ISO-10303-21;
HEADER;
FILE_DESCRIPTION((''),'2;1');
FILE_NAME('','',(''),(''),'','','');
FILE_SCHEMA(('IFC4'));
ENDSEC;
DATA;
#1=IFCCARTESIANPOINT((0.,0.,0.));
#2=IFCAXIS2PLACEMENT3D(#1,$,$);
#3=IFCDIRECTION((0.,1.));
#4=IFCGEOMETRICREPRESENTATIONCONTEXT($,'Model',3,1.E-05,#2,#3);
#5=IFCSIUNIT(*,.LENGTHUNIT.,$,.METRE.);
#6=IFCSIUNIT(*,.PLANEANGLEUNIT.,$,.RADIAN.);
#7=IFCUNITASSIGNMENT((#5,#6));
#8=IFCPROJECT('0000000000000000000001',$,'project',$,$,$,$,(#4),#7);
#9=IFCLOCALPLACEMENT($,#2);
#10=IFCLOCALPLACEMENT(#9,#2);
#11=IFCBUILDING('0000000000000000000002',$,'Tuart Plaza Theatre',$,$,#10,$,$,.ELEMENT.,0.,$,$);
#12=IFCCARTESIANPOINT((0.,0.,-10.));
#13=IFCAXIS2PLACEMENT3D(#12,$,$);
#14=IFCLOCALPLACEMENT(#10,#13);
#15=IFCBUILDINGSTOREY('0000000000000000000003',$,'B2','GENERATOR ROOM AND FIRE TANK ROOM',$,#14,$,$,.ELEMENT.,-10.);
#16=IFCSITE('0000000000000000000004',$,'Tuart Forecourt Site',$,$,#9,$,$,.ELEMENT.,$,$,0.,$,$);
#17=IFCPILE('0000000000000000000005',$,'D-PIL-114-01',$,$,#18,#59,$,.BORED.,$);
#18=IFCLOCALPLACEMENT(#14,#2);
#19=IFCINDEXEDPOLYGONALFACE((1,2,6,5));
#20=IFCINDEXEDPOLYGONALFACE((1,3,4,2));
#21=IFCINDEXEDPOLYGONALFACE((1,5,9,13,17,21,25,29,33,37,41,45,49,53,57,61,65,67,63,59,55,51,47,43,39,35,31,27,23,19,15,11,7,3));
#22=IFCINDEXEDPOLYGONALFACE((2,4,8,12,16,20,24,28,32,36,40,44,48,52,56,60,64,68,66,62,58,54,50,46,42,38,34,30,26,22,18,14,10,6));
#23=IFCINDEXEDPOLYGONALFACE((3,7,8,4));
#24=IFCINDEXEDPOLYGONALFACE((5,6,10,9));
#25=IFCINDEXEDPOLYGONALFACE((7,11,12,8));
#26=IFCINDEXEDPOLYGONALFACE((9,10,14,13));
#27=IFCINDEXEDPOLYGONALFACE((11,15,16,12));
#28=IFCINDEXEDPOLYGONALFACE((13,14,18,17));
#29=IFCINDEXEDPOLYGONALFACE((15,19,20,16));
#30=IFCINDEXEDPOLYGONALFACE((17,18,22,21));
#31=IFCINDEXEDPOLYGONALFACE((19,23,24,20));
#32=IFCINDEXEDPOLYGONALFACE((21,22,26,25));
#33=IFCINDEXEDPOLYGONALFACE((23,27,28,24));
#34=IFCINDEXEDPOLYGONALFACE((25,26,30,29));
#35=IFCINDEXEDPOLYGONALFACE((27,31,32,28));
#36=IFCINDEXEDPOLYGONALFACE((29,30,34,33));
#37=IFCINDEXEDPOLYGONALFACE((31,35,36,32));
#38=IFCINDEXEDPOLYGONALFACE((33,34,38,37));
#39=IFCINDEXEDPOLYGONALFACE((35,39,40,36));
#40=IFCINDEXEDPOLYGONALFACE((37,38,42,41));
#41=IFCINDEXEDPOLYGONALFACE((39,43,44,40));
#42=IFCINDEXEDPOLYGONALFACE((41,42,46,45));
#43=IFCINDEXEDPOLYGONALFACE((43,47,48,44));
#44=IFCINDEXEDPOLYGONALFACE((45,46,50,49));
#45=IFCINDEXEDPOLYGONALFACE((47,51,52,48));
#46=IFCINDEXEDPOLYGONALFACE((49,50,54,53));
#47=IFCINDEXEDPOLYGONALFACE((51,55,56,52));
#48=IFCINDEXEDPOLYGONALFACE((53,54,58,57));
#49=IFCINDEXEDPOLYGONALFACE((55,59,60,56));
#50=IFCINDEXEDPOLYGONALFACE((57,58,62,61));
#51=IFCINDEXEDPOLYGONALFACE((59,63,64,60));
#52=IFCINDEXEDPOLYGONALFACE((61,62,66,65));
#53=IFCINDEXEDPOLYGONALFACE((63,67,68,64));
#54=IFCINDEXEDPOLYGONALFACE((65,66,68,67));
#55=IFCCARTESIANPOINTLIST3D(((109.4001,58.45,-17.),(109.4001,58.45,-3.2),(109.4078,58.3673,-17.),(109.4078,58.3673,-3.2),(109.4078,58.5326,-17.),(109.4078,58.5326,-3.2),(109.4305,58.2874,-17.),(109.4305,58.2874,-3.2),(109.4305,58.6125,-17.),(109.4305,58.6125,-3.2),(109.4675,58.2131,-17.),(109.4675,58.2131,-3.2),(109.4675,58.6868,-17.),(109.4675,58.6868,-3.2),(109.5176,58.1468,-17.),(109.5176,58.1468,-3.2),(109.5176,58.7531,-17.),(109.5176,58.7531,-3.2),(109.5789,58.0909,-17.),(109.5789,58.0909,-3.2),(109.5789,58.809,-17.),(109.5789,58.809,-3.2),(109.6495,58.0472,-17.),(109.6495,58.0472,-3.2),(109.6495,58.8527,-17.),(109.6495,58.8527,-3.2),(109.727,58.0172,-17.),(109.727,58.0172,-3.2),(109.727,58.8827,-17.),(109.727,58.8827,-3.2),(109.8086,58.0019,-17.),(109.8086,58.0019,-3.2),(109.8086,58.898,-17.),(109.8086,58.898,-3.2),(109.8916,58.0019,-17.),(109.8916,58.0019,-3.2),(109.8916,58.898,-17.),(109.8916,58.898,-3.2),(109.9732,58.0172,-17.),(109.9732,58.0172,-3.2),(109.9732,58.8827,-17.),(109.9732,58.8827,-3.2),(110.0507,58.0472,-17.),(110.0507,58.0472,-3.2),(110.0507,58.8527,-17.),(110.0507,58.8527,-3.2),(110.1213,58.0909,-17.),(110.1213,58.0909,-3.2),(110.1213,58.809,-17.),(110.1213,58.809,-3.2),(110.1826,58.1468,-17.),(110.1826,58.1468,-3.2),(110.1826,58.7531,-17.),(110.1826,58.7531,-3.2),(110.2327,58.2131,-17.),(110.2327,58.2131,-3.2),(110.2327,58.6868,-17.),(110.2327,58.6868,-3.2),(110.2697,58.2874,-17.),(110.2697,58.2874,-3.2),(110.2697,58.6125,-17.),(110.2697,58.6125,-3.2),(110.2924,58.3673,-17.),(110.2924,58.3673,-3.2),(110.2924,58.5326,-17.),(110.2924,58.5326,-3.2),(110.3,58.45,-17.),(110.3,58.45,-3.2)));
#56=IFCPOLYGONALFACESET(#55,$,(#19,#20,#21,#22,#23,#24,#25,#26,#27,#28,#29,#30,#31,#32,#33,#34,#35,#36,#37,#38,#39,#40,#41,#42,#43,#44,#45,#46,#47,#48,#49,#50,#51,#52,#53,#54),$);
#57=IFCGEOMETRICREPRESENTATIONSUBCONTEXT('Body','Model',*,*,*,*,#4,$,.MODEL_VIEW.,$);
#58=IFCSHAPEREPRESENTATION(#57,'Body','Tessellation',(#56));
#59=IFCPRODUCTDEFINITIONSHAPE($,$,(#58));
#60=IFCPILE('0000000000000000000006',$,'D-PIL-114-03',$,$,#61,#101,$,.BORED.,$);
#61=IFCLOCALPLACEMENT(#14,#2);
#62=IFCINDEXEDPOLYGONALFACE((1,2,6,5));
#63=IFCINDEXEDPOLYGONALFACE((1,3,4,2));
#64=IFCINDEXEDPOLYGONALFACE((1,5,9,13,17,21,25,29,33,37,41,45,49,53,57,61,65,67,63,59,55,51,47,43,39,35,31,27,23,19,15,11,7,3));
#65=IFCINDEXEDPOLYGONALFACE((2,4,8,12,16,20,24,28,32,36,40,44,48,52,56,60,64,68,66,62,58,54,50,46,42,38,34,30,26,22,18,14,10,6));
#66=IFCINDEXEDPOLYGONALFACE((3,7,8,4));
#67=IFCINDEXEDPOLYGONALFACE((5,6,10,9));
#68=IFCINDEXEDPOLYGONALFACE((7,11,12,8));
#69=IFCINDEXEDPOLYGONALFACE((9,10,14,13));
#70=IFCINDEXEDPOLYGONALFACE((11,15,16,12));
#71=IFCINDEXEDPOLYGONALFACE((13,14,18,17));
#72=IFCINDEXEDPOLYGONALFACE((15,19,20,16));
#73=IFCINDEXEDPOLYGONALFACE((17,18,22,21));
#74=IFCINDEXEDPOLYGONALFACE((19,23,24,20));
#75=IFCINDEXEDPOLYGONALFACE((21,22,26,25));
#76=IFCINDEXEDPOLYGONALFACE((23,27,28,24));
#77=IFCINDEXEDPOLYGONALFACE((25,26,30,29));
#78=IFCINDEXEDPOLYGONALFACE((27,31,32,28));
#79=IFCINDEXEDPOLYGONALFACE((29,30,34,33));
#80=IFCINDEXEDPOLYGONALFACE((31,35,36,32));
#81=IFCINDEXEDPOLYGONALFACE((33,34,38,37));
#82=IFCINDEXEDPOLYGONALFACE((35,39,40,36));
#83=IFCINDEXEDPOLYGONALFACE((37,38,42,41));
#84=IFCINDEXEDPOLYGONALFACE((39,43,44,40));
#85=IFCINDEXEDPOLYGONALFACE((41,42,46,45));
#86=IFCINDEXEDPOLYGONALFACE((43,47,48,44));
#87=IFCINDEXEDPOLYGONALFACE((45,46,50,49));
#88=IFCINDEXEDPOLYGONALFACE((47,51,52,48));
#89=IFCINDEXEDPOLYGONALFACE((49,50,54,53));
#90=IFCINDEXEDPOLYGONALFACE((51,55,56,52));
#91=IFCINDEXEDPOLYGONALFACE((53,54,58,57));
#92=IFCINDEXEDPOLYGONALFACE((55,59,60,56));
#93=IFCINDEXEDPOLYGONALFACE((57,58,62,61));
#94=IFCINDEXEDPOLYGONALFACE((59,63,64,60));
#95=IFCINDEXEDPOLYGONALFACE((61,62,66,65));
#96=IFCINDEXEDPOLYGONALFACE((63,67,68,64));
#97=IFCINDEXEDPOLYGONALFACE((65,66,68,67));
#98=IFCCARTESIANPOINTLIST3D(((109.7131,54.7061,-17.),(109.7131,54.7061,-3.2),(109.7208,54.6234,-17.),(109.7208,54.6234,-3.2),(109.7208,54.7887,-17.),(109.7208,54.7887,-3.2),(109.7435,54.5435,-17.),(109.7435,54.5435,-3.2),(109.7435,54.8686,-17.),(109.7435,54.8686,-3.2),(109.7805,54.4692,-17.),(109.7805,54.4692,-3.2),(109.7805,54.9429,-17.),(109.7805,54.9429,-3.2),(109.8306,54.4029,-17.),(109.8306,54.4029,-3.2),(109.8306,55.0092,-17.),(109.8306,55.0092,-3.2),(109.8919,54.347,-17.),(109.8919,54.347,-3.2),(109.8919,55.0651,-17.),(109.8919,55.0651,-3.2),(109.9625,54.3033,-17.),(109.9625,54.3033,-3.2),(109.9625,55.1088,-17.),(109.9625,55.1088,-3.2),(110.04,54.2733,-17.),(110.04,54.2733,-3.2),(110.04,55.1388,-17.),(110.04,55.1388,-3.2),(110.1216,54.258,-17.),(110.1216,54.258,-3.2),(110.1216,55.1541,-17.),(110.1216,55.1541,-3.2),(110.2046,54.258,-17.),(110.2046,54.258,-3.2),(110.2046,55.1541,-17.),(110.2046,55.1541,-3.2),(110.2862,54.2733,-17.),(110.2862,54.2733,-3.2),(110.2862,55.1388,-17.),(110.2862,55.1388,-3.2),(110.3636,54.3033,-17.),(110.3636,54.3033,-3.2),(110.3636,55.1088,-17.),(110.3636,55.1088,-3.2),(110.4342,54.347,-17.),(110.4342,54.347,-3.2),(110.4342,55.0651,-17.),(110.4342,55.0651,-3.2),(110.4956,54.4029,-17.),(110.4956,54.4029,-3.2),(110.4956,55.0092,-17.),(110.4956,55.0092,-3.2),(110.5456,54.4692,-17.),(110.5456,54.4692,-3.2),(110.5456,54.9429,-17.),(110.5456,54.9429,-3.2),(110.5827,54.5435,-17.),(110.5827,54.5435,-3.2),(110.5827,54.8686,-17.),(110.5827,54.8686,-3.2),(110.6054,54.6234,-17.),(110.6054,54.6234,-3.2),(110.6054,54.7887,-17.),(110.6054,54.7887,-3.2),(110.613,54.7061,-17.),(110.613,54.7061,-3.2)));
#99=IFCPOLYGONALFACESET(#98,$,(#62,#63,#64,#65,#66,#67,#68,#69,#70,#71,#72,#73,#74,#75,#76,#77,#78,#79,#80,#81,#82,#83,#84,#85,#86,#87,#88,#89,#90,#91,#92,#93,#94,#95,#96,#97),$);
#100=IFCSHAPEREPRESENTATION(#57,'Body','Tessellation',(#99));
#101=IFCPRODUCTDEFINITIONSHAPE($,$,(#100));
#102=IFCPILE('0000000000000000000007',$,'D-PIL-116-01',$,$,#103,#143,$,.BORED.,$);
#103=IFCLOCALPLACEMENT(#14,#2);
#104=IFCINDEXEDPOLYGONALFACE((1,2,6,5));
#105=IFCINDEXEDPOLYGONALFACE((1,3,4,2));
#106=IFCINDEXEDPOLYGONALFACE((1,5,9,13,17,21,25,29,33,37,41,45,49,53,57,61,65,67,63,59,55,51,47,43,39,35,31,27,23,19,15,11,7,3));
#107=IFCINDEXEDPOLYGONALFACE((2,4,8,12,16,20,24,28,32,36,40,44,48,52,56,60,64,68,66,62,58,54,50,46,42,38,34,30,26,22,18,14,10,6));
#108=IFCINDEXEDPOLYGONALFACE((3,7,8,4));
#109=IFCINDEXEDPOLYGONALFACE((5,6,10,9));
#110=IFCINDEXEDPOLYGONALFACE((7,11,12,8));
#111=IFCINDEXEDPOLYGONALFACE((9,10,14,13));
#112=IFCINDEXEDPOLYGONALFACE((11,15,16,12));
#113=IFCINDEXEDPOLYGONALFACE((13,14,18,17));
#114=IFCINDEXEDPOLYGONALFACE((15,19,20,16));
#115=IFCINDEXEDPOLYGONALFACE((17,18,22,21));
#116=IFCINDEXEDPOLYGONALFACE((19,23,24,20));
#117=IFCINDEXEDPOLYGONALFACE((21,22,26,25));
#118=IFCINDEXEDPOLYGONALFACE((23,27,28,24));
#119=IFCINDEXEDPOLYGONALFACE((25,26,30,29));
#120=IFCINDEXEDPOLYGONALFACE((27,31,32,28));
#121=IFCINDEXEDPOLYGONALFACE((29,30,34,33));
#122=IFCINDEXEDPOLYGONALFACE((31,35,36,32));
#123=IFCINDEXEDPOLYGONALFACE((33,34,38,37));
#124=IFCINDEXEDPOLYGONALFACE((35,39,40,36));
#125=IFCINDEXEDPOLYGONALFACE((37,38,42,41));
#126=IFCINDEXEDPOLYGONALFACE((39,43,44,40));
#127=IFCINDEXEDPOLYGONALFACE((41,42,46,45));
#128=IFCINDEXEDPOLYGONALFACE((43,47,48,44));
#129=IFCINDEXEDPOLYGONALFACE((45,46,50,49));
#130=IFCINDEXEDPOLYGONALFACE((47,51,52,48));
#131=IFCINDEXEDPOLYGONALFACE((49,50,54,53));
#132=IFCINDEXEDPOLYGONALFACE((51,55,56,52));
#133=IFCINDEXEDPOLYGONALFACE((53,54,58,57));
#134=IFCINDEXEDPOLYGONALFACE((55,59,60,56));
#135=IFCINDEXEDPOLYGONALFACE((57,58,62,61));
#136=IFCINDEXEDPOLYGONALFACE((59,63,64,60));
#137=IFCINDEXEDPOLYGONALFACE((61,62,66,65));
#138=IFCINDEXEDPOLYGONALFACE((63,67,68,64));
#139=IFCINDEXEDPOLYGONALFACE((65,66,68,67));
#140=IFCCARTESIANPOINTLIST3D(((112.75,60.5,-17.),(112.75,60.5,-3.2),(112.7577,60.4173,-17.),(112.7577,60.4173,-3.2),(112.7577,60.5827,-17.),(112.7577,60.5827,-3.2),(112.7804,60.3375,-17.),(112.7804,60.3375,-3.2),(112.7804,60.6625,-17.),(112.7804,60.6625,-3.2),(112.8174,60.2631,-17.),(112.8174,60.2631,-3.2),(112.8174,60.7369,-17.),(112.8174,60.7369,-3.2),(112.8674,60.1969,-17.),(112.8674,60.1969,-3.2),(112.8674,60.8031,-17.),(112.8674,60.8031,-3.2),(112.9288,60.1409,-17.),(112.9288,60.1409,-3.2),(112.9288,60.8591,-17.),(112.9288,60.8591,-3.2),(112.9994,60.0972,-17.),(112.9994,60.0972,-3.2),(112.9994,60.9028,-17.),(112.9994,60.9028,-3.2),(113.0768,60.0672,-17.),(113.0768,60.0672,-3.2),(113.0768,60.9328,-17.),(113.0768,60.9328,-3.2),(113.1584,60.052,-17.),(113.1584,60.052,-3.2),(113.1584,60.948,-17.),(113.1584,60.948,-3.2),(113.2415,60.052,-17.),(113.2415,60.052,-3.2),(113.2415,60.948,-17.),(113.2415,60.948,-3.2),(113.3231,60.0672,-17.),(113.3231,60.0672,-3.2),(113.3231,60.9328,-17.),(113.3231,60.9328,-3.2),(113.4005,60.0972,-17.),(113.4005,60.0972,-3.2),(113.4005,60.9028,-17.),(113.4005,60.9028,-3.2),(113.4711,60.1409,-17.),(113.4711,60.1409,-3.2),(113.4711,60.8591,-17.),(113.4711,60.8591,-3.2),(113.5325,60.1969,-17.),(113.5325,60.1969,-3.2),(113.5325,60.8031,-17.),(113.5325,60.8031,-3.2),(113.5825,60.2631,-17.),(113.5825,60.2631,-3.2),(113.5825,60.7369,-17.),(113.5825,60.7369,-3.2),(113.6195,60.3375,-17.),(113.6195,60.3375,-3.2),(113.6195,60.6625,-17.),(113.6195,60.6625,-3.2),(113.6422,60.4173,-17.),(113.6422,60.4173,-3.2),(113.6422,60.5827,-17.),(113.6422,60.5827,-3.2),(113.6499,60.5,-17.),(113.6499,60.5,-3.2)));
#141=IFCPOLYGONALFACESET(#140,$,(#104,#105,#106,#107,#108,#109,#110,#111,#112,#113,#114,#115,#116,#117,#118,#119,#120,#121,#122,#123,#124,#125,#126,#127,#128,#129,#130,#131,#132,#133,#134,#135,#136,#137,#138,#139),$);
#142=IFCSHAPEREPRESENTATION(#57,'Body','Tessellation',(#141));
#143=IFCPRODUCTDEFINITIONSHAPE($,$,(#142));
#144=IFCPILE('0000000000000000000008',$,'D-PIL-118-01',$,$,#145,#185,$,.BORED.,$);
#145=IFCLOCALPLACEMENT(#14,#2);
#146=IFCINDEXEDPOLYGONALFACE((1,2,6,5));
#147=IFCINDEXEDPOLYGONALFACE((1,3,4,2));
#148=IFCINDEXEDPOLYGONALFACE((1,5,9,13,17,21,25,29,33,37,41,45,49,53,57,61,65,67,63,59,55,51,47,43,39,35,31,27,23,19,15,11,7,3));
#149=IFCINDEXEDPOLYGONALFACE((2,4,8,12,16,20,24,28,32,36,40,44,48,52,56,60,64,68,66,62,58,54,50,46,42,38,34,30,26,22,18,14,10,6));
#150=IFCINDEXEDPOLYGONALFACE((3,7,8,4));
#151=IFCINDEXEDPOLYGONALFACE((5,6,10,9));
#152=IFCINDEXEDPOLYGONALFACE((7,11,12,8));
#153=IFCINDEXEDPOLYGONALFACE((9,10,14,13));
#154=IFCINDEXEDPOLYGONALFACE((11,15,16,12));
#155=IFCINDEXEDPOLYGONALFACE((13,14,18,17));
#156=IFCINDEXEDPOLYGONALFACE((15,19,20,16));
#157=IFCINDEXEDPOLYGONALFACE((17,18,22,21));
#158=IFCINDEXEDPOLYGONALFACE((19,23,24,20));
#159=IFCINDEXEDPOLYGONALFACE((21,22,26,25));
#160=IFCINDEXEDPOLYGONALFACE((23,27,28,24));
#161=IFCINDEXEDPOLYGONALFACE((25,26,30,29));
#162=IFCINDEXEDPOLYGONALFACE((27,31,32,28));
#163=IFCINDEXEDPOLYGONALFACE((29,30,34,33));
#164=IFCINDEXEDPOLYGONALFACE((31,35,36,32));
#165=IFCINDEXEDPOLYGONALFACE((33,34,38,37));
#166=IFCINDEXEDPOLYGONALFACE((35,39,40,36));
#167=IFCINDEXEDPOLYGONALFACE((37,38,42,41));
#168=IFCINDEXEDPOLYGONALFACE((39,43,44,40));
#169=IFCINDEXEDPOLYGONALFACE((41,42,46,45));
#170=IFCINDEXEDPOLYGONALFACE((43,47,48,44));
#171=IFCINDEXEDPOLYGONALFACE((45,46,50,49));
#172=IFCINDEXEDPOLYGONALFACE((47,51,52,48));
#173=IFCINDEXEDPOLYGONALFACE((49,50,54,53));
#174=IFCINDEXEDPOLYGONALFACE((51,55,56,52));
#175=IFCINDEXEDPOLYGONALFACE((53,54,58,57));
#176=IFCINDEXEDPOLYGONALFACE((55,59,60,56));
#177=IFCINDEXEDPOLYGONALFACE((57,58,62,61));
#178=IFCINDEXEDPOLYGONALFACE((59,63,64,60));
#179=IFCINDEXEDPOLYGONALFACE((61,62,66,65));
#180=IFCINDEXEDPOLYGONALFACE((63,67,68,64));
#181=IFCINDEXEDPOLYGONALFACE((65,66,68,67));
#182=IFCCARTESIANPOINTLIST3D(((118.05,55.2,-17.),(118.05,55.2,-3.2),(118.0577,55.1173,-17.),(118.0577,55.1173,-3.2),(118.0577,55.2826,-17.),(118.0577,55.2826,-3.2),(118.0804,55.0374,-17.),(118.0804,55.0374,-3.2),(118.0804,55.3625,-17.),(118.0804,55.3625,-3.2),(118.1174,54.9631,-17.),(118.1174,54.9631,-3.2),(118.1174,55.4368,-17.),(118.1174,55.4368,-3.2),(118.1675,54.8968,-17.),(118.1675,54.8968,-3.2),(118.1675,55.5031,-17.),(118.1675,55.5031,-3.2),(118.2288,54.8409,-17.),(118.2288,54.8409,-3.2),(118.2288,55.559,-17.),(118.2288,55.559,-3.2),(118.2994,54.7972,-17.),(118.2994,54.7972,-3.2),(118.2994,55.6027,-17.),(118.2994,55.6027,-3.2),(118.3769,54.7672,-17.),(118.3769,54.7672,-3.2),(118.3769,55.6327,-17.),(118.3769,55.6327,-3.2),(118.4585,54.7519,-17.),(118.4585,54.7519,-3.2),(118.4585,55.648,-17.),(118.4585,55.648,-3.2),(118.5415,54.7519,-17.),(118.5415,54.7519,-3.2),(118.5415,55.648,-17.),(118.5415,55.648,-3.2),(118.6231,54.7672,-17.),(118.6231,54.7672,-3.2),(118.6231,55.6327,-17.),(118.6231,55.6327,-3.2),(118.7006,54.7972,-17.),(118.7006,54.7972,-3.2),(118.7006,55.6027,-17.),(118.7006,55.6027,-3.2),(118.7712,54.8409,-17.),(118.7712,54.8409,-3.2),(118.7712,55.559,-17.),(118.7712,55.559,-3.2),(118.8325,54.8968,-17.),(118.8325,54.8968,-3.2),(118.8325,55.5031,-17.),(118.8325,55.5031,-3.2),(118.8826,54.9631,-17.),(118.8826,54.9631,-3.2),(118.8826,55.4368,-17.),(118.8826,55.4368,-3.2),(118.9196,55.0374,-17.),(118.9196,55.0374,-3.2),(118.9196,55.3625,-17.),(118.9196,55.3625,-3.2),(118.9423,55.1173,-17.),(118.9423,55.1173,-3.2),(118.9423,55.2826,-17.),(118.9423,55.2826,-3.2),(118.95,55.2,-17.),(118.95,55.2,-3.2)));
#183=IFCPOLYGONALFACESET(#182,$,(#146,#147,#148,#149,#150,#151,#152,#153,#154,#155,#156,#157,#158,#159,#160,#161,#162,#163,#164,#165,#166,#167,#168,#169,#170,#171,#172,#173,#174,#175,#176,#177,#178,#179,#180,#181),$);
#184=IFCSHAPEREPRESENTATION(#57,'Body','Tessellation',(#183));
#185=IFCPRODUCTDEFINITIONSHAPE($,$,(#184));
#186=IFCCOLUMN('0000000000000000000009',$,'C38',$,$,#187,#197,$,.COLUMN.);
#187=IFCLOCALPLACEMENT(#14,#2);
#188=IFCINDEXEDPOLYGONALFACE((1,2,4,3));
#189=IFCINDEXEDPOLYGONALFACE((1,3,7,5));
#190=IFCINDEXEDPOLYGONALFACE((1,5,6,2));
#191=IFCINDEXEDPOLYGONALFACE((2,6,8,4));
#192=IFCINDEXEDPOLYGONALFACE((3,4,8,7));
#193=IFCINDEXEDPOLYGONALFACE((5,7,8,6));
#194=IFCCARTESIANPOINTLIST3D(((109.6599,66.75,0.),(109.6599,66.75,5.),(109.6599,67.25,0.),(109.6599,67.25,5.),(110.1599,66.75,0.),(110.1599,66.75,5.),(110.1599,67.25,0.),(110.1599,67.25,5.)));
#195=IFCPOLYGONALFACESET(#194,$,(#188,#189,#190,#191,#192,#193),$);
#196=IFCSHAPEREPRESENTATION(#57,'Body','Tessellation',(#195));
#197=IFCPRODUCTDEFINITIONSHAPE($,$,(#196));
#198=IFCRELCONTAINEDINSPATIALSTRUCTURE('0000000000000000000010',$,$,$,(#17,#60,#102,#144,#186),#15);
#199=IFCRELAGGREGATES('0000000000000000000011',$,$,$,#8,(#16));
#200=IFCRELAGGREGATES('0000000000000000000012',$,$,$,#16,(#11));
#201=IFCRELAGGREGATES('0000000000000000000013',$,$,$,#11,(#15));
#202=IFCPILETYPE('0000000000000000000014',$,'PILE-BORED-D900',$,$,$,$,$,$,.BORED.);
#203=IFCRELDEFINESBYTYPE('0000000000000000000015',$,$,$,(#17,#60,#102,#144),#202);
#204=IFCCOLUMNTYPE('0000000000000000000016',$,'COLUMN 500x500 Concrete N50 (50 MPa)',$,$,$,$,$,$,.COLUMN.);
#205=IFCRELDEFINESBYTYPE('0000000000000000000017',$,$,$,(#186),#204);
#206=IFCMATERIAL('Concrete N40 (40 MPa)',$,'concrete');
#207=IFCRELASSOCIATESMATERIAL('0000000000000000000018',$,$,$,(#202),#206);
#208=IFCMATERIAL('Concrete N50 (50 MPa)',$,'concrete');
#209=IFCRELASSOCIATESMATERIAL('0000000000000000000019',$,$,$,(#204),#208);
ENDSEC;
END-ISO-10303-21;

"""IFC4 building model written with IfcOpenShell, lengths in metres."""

from ifc_helpers import new_model, si_unit, direction, frame, origin, origin_2d, place, context, subcontext, project, spatial, rectangle, circle, extrude, material, material_profile, profile_set, type_object, element, save


model = new_model("IFC4")

# Units and contexts
model_context = context("Model", 3, precision=1e-05, world=origin(), true_north=direction((0.0, 1.0)))
body_context = subcontext(model_context, "Body", "Model", "MODEL_VIEW")
ifc_project = project(units=[si_unit("LENGTHUNIT", "METRE"), si_unit("PLANEANGLEUNIT", "RADIAN")], contexts=[model_context])

# Site, building, storey
site_placement = place(None, origin())
site = spatial("IfcSite", under=ifc_project, at=site_placement, Name="Tuart Forecourt Site", CompositionType="ELEMENT", RefElevation=0.0)
building_placement = place(site_placement, origin())
building = spatial("IfcBuilding", under=site, at=building_placement, Name="Tuart Plaza Theatre", CompositionType="ELEMENT", ElevationOfRefHeight=0.0)
storey_placement = place(building_placement, frame((0.0, 0.0, -10.0)))
storey = spatial("IfcBuildingStorey", under=building, at=storey_placement, Name="B2", Description="GENERATOR ROOM AND FIRE TANK ROOM", CompositionType="ELEMENT", Elevation=-10.0)

# Piles
ifc_material_1 = material(Name="Concrete N40 (40 MPa)", Category="concrete")
ifc_material_profile_1 = material_profile(ifc_material_1, circle(Radius=0.45, at=origin_2d()), Name="PILE-BORED-D900")
ifc_profile_set_1 = profile_set([ifc_material_profile_1], Name="Concrete N40 (40 MPa)")
pile_type_1 = type_object("IfcPileType", Name="PILE-BORED-D900", PredefinedType="BORED", material=ifc_profile_set_1)
for number, where, z_axis, x_axis, name in (
    (1, (109.8501, 58.45, -3.2), (0.0, 0.0, -1.0), (1.0, 0.0, 0.0), "D-PIL-114-01"),
    (2, (110.1631, 54.7061, -3.2), (0.0, 0.0, -1.0), (1.0, 0.0, 0.0), "D-PIL-114-03"),
    (3, (113.2, 60.5, -3.2), (0.0, 0.0, -1.0), (1.0, 0.0, 0.0), "D-PIL-116-01"),
    (4, (118.5, 55.2, -3.2), (0.0, 0.0, -1.0), (1.0, 0.0, 0.0), "D-PIL-118-01"),
):
    element("IfcPile", number, at=place(storey_placement, frame(where, z_axis=z_axis, x_axis=x_axis)), inside=storey, type_object=pile_type_1, Name=name, PredefinedType="BORED", context=body_context, shape_type="SweptSolid", body=[
        extrude(circle(Radius=0.45, at=origin_2d()), origin(), (0.0, 0.0, 1.0), 13.8),
    ])

# Column
ifc_material_2 = material(Name="Concrete N50 (50 MPa)", Category="concrete")
ifc_material_profile_2 = material_profile(ifc_material_2, rectangle(XDim=0.5, YDim=0.5, at=origin_2d()), Name="COLUMN 500x500 Concrete N50 (50 MPa)")
ifc_profile_set_2 = profile_set([ifc_material_profile_2], Name="Concrete N50 (50 MPa)")
column_type_1 = type_object("IfcColumnType", Name="COLUMN 500x500 Concrete N50 (50 MPa)", PredefinedType="COLUMN", material=ifc_profile_set_2)
column_placement = place(storey_placement, frame((109.9099, 67.0, 0.0), z_axis=(0.0, 0.0, 1.0), x_axis=(1.0, 0.0, 0.0)))
element("IfcColumn", 5, at=column_placement, inside=storey, type_object=column_type_1, Name="C38", PredefinedType="COLUMN", context=body_context, shape_type="SweptSolid", body=[
    extrude(rectangle(XDim=0.5, YDim=0.5, at=origin_2d()), origin(), (0.0, 0.0, 1.0), 5.0),
])

save(model, "model.ifc")
